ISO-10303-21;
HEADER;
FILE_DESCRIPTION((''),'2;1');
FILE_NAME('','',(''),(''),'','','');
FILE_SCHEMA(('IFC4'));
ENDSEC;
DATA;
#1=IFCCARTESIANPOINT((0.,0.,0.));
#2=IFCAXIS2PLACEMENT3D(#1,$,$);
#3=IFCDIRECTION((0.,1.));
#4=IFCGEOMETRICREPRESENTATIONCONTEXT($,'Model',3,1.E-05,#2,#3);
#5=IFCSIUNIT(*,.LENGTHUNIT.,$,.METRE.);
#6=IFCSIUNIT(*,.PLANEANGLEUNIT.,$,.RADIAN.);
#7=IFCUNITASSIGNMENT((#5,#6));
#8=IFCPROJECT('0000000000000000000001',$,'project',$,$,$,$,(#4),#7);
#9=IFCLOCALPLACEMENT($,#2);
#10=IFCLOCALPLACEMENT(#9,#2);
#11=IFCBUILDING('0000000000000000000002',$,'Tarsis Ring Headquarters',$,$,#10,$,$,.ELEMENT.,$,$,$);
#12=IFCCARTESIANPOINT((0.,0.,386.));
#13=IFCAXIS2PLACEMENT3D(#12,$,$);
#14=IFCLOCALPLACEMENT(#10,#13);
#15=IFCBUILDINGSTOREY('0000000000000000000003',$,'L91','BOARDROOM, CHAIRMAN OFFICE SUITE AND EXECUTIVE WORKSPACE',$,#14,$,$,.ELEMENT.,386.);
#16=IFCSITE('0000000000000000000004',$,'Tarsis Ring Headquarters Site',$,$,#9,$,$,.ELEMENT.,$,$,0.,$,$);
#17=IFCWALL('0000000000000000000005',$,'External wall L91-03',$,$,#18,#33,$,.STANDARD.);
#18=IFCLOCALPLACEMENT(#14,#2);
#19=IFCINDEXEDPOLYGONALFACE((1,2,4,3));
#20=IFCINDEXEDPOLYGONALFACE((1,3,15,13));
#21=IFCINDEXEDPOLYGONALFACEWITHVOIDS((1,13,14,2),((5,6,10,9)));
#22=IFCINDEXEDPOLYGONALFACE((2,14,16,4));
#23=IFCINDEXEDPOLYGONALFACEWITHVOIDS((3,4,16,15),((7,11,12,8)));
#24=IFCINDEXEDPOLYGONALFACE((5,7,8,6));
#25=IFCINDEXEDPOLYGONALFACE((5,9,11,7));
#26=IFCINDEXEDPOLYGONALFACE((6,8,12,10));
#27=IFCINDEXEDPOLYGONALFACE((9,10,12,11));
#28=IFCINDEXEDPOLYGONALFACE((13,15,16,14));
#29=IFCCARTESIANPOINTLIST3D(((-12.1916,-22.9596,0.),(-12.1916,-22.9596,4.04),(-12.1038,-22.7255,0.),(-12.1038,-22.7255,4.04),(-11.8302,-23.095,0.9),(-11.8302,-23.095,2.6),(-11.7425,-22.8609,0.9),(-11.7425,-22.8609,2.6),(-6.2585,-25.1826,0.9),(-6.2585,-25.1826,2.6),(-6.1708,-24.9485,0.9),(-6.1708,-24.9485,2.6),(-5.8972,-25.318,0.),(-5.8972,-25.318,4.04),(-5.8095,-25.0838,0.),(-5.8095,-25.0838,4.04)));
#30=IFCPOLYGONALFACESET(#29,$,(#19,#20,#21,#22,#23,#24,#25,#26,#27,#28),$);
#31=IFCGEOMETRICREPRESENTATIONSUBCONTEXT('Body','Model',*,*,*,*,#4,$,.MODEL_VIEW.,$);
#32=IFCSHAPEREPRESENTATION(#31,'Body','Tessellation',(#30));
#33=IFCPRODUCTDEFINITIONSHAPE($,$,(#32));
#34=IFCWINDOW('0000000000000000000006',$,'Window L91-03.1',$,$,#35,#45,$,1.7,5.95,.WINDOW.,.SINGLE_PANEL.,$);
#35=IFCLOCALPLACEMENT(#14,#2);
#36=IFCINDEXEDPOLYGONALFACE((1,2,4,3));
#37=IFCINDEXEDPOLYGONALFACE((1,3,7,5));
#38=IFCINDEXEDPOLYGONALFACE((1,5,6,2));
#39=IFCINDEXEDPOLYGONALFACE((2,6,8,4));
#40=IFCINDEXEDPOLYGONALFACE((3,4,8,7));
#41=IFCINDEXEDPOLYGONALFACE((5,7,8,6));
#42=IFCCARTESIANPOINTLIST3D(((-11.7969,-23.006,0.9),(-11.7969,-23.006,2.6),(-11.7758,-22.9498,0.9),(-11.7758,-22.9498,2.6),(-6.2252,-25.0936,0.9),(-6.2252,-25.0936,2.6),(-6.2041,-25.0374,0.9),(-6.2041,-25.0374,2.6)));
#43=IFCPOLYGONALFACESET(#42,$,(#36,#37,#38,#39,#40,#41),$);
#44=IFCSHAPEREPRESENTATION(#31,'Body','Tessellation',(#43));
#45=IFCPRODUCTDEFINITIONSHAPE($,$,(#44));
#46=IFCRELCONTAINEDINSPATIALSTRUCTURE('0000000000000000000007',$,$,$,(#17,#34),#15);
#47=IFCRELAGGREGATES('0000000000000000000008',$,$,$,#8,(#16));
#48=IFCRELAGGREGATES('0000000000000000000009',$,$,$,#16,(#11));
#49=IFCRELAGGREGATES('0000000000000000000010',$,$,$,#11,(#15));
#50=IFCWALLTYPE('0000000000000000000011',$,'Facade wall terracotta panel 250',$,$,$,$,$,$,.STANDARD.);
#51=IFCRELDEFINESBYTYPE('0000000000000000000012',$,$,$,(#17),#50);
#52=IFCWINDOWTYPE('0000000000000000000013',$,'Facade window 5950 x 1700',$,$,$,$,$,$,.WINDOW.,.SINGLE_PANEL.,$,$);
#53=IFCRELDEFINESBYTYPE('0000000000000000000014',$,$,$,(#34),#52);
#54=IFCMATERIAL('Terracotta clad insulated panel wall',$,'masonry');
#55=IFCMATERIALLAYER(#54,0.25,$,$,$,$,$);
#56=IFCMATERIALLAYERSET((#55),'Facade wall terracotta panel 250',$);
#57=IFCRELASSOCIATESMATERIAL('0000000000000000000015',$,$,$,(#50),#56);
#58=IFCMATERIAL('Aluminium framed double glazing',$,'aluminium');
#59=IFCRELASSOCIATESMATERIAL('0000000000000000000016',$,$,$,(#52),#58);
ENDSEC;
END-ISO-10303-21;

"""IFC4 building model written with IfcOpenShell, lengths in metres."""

from ifc_helpers import new_model, si_unit, direction, frame, frame_2d, origin, place, context, subcontext, project, spatial, rectangle, extrude, material, layer, layer_set, type_object, element, fill, save


model = new_model("IFC4")

# Units and contexts
model_context = context("Model", 3, precision=1e-05, world=origin(), true_north=direction((0.0, 1.0)))
body_context = subcontext(model_context, "Body", "Model", "MODEL_VIEW")
ifc_project = project(units=[si_unit("LENGTHUNIT", "METRE"), si_unit("PLANEANGLEUNIT", "RADIAN")], contexts=[model_context])

# Site, building, storey
site_placement = place(None, origin())
site = spatial("IfcSite", under=ifc_project, at=site_placement, Name="Tarsis Ring Headquarters Site", CompositionType="ELEMENT", RefElevation=0.0)
building_placement = place(site_placement, origin())
building = spatial("IfcBuilding", under=site, at=building_placement, Name="Tarsis Ring Headquarters", CompositionType="ELEMENT")
storey_placement = place(building_placement, frame((0.0, 0.0, 386.0)))
storey = spatial("IfcBuildingStorey", under=building, at=storey_placement, Name="L91", Description="BOARDROOM, CHAIRMAN OFFICE SUITE AND EXECUTIVE WORKSPACE", CompositionType="ELEMENT", Elevation=386.0)

# Wall, opening, window
ifc_material_1 = material(Name="Terracotta clad insulated panel wall", Category="masonry")
ifc_layer_1 = layer(ifc_material_1, 0.25)
ifc_layer_set_1 = layer_set([ifc_layer_1], Name="Facade wall terracotta panel 250")
wall_type_1 = type_object("IfcWallType", Name="Facade wall terracotta panel 250", PredefinedType="STANDARD", material=ifc_layer_set_1)
wall_1_placement = place(storey_placement, frame((-12.1477, -22.8425, 0.0), z_axis=(0.0, 0.0, 1.0), x_axis=(0.936428, -0.350861, 0.0)))
wall_1 = element("IfcWall", 1, at=wall_1_placement, inside=storey, type_object=wall_type_1, Name="External wall L91-03", PredefinedType="STANDARD", context=body_context, shape_type="SweptSolid", body=[
    extrude(rectangle(XDim=6.7217, YDim=0.25, at=frame_2d((3.3608, 0.0))), origin(), (0.0, 0.0, 1.0), 4.04),
])
opening_1_placement = place(wall_1_placement, frame((0.3857, 0.0, 0.8999)))
opening_1 = element("IfcOpeningElement", 2, at=opening_1_placement, cuts=wall_1, PredefinedType="OPENING", context=body_context, shape_type="SweptSolid", body=[
    extrude(rectangle(XDim=5.95, YDim=1.7, at=frame_2d((2.9751, 0.8501))), frame((0.0, 0.135, 0.0), z_axis=(0.0, -1.0, 0.0), x_axis=(1.0, 0.0, 0.0)), (0.0, 0.0, 1.0), 0.27),
])
ifc_material_2 = material(Name="Aluminium framed double glazing", Category="aluminium")
window_type = type_object("IfcWindowType", Name="Facade window 5950 x 1700", PartitioningType="SINGLE_PANEL", PredefinedType="WINDOW", material=ifc_material_2)
window_placement = place(opening_1_placement, origin())
window = element("IfcWindow", 3, at=window_placement, inside=storey, type_object=window_type, Name="Window L91-03.1", OverallHeight=1.7, OverallWidth=5.95, PartitioningType="SINGLE_PANEL", PredefinedType="WINDOW", context=body_context, shape_type="SweptSolid", body=[
    extrude(rectangle(XDim=5.95, YDim=1.7, at=frame_2d((2.9751, 0.8501))), frame((0.0, 0.03, 0.0), z_axis=(0.0, -1.0, 0.0), x_axis=(1.0, 0.0, 0.0)), (0.0, 0.0, 1.0), 0.0601),
])
fill(opening_1, window)

save(model, "model.ifc")
